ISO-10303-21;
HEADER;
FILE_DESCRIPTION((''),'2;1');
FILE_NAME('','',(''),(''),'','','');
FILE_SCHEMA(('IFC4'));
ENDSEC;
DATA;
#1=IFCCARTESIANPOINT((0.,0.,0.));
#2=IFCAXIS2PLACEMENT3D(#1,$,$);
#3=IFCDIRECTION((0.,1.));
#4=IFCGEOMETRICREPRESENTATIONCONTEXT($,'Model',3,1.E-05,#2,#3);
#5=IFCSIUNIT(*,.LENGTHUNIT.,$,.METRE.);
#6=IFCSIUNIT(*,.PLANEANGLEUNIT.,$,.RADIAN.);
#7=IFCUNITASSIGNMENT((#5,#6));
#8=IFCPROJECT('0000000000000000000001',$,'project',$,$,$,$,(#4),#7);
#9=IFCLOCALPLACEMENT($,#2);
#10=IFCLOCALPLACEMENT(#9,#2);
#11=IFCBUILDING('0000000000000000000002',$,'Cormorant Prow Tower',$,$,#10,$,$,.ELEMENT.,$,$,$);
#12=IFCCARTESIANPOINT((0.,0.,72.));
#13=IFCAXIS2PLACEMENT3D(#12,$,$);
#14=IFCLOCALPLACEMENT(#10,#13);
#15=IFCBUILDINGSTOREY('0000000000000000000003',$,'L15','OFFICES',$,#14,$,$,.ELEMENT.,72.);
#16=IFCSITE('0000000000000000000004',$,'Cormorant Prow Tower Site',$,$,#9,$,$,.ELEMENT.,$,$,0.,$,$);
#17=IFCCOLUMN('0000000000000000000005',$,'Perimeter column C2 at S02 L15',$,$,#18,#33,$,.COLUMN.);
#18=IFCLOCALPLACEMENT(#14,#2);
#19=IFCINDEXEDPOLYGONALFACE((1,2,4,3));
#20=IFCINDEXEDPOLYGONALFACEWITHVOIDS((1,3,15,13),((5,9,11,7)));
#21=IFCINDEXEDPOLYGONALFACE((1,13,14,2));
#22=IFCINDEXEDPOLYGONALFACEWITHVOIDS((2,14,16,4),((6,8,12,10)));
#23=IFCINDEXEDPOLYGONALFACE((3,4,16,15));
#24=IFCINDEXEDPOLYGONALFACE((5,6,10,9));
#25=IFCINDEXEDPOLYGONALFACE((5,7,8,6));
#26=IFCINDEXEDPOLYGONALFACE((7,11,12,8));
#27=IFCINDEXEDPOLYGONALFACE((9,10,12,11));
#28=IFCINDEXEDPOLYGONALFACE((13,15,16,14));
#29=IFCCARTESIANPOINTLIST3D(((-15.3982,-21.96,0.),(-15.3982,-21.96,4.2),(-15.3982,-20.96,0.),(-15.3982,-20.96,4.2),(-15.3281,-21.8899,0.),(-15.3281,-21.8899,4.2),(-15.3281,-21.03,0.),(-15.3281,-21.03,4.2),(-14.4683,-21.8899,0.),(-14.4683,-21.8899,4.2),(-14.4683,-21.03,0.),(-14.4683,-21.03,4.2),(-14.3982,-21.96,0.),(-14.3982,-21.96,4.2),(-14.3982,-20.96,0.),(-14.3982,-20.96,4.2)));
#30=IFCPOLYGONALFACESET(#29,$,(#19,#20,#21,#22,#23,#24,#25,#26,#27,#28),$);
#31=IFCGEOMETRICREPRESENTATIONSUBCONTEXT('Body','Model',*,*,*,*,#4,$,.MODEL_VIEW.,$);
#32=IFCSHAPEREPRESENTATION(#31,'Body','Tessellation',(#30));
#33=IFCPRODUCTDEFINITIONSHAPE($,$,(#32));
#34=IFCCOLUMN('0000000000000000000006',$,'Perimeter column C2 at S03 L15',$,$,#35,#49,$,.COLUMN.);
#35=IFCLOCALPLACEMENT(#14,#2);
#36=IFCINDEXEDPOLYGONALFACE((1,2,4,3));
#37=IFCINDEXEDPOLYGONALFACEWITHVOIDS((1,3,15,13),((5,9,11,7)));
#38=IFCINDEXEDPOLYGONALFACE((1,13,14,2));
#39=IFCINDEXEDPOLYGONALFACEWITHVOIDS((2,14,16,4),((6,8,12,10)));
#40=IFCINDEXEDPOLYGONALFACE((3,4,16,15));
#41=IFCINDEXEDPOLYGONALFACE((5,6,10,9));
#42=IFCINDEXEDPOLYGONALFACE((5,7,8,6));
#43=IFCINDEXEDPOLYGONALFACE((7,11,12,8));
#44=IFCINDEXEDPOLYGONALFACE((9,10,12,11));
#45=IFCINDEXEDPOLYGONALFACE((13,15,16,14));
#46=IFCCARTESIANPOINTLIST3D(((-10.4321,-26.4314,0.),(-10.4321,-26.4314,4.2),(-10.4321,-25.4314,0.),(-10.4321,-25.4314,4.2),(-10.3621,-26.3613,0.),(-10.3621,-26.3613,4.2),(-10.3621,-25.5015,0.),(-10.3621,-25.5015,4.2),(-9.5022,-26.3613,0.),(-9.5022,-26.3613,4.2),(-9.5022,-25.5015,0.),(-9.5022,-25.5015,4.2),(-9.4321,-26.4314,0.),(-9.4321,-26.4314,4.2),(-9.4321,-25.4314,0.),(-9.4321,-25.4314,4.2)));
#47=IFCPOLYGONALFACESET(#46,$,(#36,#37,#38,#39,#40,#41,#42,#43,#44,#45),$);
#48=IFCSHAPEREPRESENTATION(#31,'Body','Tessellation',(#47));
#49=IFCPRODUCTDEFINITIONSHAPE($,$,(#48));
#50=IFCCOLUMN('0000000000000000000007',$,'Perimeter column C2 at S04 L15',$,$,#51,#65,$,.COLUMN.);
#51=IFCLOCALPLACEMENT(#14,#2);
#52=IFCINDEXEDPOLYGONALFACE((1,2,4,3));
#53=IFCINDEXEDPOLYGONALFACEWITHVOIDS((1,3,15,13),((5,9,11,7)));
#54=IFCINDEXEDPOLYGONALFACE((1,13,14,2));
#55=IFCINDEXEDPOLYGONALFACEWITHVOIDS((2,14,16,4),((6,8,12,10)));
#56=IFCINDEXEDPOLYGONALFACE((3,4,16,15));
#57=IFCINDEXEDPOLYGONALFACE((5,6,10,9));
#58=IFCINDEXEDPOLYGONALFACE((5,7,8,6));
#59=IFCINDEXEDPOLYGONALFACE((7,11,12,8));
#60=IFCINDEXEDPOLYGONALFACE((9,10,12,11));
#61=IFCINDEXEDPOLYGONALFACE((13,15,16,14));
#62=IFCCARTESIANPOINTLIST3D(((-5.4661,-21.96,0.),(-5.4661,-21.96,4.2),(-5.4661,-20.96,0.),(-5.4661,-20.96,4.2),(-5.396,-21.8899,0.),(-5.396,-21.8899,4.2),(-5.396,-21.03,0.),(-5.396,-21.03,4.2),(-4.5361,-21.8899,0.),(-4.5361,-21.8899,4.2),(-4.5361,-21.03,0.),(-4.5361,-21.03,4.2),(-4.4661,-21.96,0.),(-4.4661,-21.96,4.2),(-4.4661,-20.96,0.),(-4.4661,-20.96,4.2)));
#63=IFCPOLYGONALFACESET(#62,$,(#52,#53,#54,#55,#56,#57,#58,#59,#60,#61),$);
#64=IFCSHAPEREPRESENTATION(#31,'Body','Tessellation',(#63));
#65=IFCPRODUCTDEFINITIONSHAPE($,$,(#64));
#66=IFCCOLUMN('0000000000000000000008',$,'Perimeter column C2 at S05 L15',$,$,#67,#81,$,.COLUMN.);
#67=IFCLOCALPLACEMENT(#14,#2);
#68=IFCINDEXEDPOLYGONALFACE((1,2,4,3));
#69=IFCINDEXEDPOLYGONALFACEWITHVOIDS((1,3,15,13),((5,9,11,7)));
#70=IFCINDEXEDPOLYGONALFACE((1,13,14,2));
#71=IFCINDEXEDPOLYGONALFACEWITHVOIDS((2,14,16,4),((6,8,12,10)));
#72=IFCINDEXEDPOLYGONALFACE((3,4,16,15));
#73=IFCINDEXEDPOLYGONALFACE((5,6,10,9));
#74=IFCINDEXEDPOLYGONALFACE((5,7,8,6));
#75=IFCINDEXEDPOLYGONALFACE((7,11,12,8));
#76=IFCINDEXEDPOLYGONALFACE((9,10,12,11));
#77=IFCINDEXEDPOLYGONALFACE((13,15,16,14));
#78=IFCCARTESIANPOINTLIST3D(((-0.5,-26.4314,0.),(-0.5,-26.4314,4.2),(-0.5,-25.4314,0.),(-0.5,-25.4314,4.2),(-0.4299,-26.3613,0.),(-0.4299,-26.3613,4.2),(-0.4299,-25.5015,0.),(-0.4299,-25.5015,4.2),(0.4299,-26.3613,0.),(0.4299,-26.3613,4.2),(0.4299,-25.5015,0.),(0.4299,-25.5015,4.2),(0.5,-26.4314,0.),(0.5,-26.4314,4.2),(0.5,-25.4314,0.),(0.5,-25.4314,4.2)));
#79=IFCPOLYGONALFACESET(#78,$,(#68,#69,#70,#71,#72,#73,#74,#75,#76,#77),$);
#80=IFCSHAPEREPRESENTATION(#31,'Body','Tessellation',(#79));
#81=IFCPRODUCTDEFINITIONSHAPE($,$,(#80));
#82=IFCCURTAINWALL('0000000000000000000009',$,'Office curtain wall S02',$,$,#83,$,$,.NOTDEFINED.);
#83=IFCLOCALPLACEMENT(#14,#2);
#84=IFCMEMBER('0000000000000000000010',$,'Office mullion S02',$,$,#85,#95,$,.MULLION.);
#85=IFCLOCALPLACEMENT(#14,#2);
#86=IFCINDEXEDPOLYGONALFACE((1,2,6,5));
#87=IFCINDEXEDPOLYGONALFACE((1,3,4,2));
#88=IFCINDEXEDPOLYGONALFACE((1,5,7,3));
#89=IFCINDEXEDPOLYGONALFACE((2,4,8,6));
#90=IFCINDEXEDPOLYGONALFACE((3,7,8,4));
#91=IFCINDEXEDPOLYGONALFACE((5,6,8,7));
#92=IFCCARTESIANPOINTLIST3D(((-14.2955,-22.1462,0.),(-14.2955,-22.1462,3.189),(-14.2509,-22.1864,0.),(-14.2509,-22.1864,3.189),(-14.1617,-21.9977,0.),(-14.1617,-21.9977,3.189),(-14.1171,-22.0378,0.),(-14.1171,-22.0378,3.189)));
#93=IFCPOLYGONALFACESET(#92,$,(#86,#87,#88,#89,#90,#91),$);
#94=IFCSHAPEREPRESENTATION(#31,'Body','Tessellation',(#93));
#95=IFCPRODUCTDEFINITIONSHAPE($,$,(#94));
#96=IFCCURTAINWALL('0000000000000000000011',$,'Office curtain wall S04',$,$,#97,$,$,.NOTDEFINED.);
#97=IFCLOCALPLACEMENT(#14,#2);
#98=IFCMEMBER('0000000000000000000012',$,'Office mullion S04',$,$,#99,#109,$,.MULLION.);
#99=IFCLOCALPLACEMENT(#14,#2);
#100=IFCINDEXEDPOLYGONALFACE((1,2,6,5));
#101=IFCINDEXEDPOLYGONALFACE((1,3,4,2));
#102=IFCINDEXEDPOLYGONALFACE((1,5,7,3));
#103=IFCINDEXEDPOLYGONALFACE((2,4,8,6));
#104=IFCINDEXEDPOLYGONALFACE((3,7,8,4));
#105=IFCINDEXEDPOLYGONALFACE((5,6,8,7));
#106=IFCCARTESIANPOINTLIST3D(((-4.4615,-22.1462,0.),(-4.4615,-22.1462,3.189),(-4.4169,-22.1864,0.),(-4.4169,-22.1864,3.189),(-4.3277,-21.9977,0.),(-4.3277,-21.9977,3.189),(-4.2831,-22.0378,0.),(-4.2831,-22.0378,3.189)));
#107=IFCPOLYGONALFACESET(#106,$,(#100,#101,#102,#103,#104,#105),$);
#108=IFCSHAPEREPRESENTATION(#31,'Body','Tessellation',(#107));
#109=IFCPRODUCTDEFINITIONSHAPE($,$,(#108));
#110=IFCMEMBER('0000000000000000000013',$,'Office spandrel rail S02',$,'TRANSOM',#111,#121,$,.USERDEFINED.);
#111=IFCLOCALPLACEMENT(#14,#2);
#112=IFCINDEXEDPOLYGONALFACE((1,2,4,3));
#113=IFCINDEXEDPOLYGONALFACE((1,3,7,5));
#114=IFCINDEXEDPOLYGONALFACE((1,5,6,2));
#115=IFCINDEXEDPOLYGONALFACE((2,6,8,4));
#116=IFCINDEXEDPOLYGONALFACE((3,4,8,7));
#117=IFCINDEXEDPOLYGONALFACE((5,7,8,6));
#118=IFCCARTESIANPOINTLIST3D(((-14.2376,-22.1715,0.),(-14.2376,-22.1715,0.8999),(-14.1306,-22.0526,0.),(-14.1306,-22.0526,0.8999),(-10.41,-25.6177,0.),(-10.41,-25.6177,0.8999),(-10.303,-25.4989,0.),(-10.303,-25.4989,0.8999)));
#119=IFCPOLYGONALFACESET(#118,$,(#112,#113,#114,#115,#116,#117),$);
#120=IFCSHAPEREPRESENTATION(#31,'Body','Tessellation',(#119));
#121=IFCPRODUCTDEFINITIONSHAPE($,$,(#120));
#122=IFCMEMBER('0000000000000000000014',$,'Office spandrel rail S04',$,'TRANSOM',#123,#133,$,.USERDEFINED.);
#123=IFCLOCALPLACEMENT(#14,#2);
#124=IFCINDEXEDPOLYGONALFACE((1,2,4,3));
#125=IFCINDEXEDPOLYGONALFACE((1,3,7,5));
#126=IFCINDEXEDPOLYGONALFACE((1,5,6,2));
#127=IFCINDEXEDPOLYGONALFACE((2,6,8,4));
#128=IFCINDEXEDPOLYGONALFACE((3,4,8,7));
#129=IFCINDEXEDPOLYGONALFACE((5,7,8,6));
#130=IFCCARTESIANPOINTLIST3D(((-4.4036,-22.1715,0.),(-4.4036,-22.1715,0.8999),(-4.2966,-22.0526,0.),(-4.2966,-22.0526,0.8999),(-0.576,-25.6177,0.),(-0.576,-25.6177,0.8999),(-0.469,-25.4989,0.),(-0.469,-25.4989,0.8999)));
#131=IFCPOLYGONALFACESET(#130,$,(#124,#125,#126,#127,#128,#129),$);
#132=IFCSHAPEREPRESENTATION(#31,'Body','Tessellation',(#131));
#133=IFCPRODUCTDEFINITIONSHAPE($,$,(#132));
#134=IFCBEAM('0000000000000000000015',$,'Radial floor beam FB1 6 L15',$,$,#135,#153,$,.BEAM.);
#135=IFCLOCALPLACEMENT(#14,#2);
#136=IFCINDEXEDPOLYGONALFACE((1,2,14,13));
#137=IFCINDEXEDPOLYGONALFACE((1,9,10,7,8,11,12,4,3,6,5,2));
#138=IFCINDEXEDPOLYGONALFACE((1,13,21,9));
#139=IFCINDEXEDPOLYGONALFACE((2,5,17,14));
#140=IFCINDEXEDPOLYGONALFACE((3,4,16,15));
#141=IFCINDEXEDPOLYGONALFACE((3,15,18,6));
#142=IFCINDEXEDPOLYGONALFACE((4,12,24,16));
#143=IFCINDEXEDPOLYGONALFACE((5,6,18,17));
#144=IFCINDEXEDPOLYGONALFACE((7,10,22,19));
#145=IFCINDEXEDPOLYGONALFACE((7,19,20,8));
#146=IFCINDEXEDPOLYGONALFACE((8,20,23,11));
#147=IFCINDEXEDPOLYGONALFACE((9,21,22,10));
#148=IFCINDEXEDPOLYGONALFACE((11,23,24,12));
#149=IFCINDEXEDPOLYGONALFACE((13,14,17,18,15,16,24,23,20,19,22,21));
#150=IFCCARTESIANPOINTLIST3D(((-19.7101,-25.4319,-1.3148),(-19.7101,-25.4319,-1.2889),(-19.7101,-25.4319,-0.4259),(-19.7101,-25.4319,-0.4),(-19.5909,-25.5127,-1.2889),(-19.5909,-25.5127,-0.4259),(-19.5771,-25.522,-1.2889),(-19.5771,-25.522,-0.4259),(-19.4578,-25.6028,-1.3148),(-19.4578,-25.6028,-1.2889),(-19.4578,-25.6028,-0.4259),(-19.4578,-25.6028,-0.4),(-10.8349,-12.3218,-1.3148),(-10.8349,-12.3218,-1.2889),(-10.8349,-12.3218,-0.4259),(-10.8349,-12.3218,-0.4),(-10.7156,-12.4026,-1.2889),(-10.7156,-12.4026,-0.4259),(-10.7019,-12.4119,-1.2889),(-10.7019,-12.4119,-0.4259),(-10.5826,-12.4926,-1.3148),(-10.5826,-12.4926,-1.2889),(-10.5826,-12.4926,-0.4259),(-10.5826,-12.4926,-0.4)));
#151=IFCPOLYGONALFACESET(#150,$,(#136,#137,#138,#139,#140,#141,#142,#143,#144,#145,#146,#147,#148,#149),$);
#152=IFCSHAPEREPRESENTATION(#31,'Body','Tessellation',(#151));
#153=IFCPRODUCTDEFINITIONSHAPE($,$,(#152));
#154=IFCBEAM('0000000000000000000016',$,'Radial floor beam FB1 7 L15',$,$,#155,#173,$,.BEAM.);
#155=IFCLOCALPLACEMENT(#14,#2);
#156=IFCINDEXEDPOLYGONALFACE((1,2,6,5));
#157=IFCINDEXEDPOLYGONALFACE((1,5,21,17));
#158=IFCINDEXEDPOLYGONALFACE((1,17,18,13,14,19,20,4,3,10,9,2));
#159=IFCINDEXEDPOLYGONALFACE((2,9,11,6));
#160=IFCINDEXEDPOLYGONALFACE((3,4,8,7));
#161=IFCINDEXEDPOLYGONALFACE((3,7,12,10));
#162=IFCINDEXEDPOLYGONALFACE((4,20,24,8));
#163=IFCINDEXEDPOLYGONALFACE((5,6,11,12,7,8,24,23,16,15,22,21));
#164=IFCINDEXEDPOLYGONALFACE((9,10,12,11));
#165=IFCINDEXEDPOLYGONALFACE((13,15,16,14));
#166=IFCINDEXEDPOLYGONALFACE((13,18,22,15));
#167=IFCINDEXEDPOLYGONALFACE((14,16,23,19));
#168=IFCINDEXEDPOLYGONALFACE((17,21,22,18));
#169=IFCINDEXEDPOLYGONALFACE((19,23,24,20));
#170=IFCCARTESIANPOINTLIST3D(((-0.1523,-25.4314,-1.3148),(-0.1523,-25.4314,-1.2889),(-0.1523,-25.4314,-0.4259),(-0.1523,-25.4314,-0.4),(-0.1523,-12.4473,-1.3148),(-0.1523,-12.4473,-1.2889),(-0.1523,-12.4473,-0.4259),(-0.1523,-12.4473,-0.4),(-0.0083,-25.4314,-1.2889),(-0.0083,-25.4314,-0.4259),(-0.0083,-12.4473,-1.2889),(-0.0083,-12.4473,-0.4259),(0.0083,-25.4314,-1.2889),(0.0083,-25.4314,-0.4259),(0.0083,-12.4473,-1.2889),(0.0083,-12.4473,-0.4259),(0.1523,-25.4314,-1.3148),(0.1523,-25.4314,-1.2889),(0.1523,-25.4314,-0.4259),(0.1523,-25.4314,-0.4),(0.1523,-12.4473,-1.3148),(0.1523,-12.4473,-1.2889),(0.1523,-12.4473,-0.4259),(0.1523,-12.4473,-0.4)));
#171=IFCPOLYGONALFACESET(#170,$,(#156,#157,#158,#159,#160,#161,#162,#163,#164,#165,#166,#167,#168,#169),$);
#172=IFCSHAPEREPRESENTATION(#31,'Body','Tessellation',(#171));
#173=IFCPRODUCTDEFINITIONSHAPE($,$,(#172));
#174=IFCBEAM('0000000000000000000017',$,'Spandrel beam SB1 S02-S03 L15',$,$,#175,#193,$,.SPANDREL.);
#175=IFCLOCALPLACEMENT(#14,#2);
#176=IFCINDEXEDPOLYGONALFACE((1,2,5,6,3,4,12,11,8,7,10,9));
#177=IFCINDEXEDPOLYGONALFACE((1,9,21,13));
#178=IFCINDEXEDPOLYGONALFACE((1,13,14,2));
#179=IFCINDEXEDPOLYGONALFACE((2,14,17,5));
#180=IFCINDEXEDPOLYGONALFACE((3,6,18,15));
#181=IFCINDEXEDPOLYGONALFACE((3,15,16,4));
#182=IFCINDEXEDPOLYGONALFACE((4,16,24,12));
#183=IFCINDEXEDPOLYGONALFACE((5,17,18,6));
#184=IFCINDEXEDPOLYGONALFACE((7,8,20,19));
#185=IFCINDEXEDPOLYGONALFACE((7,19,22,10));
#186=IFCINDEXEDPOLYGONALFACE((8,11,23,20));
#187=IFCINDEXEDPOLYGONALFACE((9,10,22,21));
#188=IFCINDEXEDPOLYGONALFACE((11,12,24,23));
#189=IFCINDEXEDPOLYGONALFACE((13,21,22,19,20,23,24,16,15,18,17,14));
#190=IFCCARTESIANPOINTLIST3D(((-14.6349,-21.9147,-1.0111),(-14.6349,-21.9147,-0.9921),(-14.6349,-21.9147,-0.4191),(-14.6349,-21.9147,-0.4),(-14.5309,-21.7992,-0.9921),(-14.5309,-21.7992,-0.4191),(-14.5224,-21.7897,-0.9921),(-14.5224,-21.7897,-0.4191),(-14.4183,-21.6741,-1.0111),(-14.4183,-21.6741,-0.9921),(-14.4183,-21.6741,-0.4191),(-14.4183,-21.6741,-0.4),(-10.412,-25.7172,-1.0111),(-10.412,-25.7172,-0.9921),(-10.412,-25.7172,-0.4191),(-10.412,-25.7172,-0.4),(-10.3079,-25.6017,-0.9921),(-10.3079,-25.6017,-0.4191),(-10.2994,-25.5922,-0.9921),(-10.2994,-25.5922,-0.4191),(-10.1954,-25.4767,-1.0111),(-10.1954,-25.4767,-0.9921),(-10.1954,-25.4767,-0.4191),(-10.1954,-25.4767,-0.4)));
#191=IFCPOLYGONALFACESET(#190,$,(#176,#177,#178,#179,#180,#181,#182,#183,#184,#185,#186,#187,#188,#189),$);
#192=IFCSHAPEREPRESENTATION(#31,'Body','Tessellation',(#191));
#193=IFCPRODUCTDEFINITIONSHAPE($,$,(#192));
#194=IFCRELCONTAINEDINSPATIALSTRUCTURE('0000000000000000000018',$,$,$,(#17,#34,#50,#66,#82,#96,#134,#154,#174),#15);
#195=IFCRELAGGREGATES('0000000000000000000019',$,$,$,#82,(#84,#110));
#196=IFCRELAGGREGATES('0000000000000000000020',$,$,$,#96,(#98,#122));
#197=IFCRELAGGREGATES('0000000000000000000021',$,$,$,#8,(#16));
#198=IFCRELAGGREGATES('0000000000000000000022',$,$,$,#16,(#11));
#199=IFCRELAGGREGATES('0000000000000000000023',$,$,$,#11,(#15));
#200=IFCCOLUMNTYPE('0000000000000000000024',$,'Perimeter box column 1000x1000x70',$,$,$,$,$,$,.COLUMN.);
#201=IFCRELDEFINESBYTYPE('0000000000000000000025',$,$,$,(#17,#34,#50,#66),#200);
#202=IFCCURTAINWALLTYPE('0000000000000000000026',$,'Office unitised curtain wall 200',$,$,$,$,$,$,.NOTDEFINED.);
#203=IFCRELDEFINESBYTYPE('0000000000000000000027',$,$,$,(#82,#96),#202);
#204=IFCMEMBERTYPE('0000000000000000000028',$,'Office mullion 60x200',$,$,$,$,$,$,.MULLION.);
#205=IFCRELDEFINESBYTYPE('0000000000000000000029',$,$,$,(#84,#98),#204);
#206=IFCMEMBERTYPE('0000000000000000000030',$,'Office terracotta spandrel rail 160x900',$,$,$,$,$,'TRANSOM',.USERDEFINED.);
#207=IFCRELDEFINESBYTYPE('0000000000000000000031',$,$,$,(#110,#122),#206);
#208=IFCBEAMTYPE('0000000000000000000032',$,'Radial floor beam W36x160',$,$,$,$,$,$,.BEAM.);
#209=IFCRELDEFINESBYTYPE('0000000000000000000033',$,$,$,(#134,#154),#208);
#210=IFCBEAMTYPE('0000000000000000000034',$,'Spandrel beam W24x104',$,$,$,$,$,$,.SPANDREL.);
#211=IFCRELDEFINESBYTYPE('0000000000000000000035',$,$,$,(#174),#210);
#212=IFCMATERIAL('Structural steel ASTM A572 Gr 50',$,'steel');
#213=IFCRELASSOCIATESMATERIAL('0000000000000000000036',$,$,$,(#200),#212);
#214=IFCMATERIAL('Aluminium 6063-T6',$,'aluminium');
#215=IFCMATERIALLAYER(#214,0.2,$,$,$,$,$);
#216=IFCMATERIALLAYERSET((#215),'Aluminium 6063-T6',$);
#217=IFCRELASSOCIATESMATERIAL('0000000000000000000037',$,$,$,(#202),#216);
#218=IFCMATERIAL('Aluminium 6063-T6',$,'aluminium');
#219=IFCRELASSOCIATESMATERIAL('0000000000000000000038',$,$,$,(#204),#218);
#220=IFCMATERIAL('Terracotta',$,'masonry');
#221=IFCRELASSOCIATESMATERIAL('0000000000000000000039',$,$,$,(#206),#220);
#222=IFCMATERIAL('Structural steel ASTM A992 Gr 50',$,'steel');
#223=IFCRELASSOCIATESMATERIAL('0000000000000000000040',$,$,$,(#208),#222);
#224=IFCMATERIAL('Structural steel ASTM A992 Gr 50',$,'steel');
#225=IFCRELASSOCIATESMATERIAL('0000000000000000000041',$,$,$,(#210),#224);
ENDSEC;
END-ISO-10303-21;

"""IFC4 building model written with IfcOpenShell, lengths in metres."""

from ifc_helpers import new_model, si_unit, direction, frame, origin, origin_2d, place, context, subcontext, project, spatial, rectangle, hollow_rectangle, i_section, extrude, material, layer, layer_set, material_profile, profile_set, type_object, element, aggregate, save


model = new_model("IFC4")

# Units and contexts
model_context = context("Model", 3, precision=1e-05, world=origin(), true_north=direction((0.0, 1.0)))
body_context = subcontext(model_context, "Body", "Model", "MODEL_VIEW")
ifc_project = project(units=[si_unit("LENGTHUNIT", "METRE"), si_unit("PLANEANGLEUNIT", "RADIAN")], contexts=[model_context])

# Site, building, storey
site_placement = place(None, origin())
site = spatial("IfcSite", under=ifc_project, at=site_placement, Name="Cormorant Prow Tower Site", CompositionType="ELEMENT", RefElevation=0.0)
building_placement = place(site_placement, origin())
building = spatial("IfcBuilding", under=site, at=building_placement, Name="Cormorant Prow Tower", CompositionType="ELEMENT")
storey_placement = place(building_placement, frame((0.0, 0.0, 72.0)))
storey = spatial("IfcBuildingStorey", under=building, at=storey_placement, Name="L15", Description="OFFICES", CompositionType="ELEMENT", Elevation=72.0)

# Columns
ifc_material_1 = material(Name="Structural steel ASTM A572 Gr 50", Category="steel")
ifc_material_profile_1 = material_profile(ifc_material_1, hollow_rectangle(XDim=1.0, YDim=1.0, WallThickness=0.0701, at=origin_2d()), Name="Box 1000x1000x70")
ifc_profile_set_1 = profile_set([ifc_material_profile_1], Name="Structural steel ASTM A572 Gr 50")
column_type = type_object("IfcColumnType", Name="Perimeter box column 1000x1000x70", PredefinedType="COLUMN", material=ifc_profile_set_1)
for number, where, z_axis, x_axis, name in (
    (1, (-14.8982, -21.46, 0.0), (0.0, 0.0, 1.0), (1.0, 0.0, 0.0), "Perimeter column C2 at S02 L15"),
    (2, (-9.9321, -25.9314, 0.0), (0.0, 0.0, 1.0), (1.0, 0.0, 0.0), "Perimeter column C2 at S03 L15"),
    (3, (-4.9661, -21.46, 0.0), (0.0, 0.0, 1.0), (1.0, 0.0, 0.0), "Perimeter column C2 at S04 L15"),
    (4, (0.0, -25.9314, 0.0), (0.0, 0.0, 1.0), (1.0, 0.0, 0.0), "Perimeter column C2 at S05 L15"),
):
    element("IfcColumn", number, at=place(storey_placement, frame(where, z_axis=z_axis, x_axis=x_axis)), inside=storey, type_object=column_type, Name=name, PredefinedType="COLUMN", context=body_context, shape_type="SweptSolid", body=[
        extrude(hollow_rectangle(XDim=1.0, YDim=1.0, WallThickness=0.0701, at=origin_2d()), origin(), (0.0, 0.0, 1.0), 4.2),
    ])

# Curtain walls, members
ifc_material_2 = material(Name="Aluminium 6063-T6", Category="aluminium")
ifc_layer_1 = layer(ifc_material_2, 0.2)
ifc_layer_set_1 = layer_set([ifc_layer_1], Name="Aluminium 6063-T6")
curtain_wall_type = type_object("IfcCurtainWallType", Name="Office unitised curtain wall 200", PredefinedType="NOTDEFINED", material=ifc_layer_set_1)
curtain_wall_1_placement = place(storey_placement, origin())
curtain_wall_1 = element("IfcCurtainWall", 5, at=curtain_wall_1_placement, inside=storey, type_object=curtain_wall_type, Name="Office curtain wall S02", PredefinedType="NOTDEFINED")
ifc_material_3 = material(Name="Aluminium 6063-T6", Category="aluminium")
ifc_material_profile_2 = material_profile(ifc_material_3, rectangle(XDim=0.2, YDim=0.0601, at=origin_2d()), Name="Office mullion 60x200")
ifc_profile_set_2 = profile_set([ifc_material_profile_2], Name="Aluminium 6063-T6")
member_type_1 = type_object("IfcMemberType", Name="Office mullion 60x200", PredefinedType="MULLION", material=ifc_profile_set_2)
member_1_placement = place(storey_placement, frame((-14.2063, -22.092, 0.0), z_axis=(0.0, 0.0, 1.0), x_axis=(0.669131, 0.743145, 0.0)))
member_1 = element("IfcMember", 6, at=member_1_placement, type_object=member_type_1, Name="Office mullion S02", PredefinedType="MULLION", context=body_context, shape_type="SweptSolid", body=[
    extrude(rectangle(XDim=0.2, YDim=0.0601, at=origin_2d()), origin(), (0.0, 0.0, 1.0), 3.189),
])
curtain_wall_2_placement = place(storey_placement, origin())
curtain_wall_2 = element("IfcCurtainWall", 7, at=curtain_wall_2_placement, inside=storey, type_object=curtain_wall_type, Name="Office curtain wall S04", PredefinedType="NOTDEFINED")
member_2_placement = place(storey_placement, frame((-4.3723, -22.092, 0.0), z_axis=(0.0, 0.0, 1.0), x_axis=(0.669131, 0.743145, 0.0)))
member_2 = element("IfcMember", 8, at=member_2_placement, type_object=member_type_1, Name="Office mullion S04", PredefinedType="MULLION", context=body_context, shape_type="SweptSolid", body=[
    extrude(rectangle(XDim=0.2, YDim=0.0601, at=origin_2d()), origin(), (0.0, 0.0, 1.0), 3.189),
])

# Members
ifc_material_4 = material(Name="Terracotta", Category="masonry")
ifc_material_profile_3 = material_profile(ifc_material_4, rectangle(XDim=0.1599, YDim=0.8999, at=origin_2d()), Name="Office terracotta spandrel rail 160x900")
ifc_profile_set_3 = profile_set([ifc_material_profile_3], Name="Terracotta")
member_type_2 = type_object("IfcMemberType", Name="Office terracotta spandrel rail 160x900", ElementType="TRANSOM", PredefinedType="USERDEFINED", material=ifc_profile_set_3)
member_3_placement = place(storey_placement, frame((-14.1841, -22.1121, 0.45), z_axis=(0.743157, -0.669117, 0.0), x_axis=(0.669117, 0.743157, 0.0)))
member_3 = element("IfcMember", 9, at=member_3_placement, type_object=member_type_2, Name="Office spandrel rail S02", ObjectType="TRANSOM", PredefinedType="USERDEFINED", context=body_context, shape_type="SweptSolid", body=[
    extrude(rectangle(XDim=0.1599, YDim=0.8999, at=origin_2d()), origin(), (0.0, 0.0, 1.0), 5.1504),
])
member_4_placement = place(storey_placement, frame((-4.3501, -22.1121, 0.45), z_axis=(0.743157, -0.669117, 0.0), x_axis=(0.669117, 0.743157, 0.0)))
member_4 = element("IfcMember", 10, at=member_4_placement, type_object=member_type_2, Name="Office spandrel rail S04", ObjectType="TRANSOM", PredefinedType="USERDEFINED", context=body_context, shape_type="SweptSolid", body=[
    extrude(rectangle(XDim=0.1599, YDim=0.8999, at=origin_2d()), origin(), (0.0, 0.0, 1.0), 5.1504),
])

# Beams
ifc_material_5 = material(Name="Structural steel ASTM A992 Gr 50", Category="steel")
ifc_material_profile_4 = material_profile(ifc_material_5, i_section(OverallWidth=0.3047, OverallDepth=0.9148, WebThickness=0.0166, FlangeThickness=0.0259, at=origin_2d()), Name="W36x160")
ifc_profile_set_4 = profile_set([ifc_material_profile_4], Name="Structural steel ASTM A992 Gr 50")
beam_type_1 = type_object("IfcBeamType", Name="Radial floor beam W36x160", PredefinedType="BEAM", material=ifc_profile_set_4)
beam_1_placement = place(storey_placement, frame((-10.7087, -12.4072, -0.8574), z_axis=(-0.560597, -0.828089, 0.0), x_axis=(0.828089, -0.560597, 0.0)))
element("IfcBeam", 11, at=beam_1_placement, inside=storey, type_object=beam_type_1, Name="Radial floor beam FB1 6 L15", PredefinedType="BEAM", context=body_context, shape_type="SweptSolid", body=[
    extrude(i_section(OverallWidth=0.3047, OverallDepth=0.9148, WebThickness=0.0166, FlangeThickness=0.0259, at=origin_2d()), origin(), (0.0, 0.0, 1.0), 15.8318),
])
beam_2_placement = place(storey_placement, frame((0.0, -12.4473, -0.8574), z_axis=(0.0, -1.0, 0.0), x_axis=(1.0, 0.0, 0.0)))
element("IfcBeam", 12, at=beam_2_placement, inside=storey, type_object=beam_type_1, Name="Radial floor beam FB1 7 L15", PredefinedType="BEAM", context=body_context, shape_type="SweptSolid", body=[
    extrude(i_section(OverallWidth=0.3047, OverallDepth=0.9148, WebThickness=0.0166, FlangeThickness=0.0259, at=origin_2d()), origin(), (0.0, 0.0, 1.0), 12.9841),
])
ifc_material_6 = material(Name="Structural steel ASTM A992 Gr 50", Category="steel")
ifc_material_profile_5 = material_profile(ifc_material_6, i_section(OverallWidth=0.3237, OverallDepth=0.6111, WebThickness=0.0127, FlangeThickness=0.019, at=origin_2d()), Name="W24x104")
ifc_profile_set_5 = profile_set([ifc_material_profile_5], Name="Structural steel ASTM A992 Gr 50")
beam_type_2 = type_object("IfcBeamType", Name="Spandrel beam W24x104", PredefinedType="SPANDREL", material=ifc_profile_set_5)
for number, where, z_axis, x_axis, name in (
    (13, (-14.5266, -21.7944, -0.7056), (0.74313, -0.669147, 0.0), (0.669147, 0.74313, 0.0), "Spandrel beam SB1 S02-S03 L15"),
):
    element("IfcBeam", number, at=place(storey_placement, frame(where, z_axis=z_axis, x_axis=x_axis)), inside=storey, type_object=beam_type_2, Name=name, PredefinedType="SPANDREL", context=body_context, shape_type="SweptSolid", body=[
        extrude(i_section(OverallWidth=0.3237, OverallDepth=0.6111, WebThickness=0.0127, FlangeThickness=0.019, at=origin_2d()), origin(), (0.0, 0.0, 1.0), 5.6826),
    ])

aggregate(curtain_wall_1, [member_1, member_3])
aggregate(curtain_wall_2, [member_2, member_4])

save(model, "model.ifc")
